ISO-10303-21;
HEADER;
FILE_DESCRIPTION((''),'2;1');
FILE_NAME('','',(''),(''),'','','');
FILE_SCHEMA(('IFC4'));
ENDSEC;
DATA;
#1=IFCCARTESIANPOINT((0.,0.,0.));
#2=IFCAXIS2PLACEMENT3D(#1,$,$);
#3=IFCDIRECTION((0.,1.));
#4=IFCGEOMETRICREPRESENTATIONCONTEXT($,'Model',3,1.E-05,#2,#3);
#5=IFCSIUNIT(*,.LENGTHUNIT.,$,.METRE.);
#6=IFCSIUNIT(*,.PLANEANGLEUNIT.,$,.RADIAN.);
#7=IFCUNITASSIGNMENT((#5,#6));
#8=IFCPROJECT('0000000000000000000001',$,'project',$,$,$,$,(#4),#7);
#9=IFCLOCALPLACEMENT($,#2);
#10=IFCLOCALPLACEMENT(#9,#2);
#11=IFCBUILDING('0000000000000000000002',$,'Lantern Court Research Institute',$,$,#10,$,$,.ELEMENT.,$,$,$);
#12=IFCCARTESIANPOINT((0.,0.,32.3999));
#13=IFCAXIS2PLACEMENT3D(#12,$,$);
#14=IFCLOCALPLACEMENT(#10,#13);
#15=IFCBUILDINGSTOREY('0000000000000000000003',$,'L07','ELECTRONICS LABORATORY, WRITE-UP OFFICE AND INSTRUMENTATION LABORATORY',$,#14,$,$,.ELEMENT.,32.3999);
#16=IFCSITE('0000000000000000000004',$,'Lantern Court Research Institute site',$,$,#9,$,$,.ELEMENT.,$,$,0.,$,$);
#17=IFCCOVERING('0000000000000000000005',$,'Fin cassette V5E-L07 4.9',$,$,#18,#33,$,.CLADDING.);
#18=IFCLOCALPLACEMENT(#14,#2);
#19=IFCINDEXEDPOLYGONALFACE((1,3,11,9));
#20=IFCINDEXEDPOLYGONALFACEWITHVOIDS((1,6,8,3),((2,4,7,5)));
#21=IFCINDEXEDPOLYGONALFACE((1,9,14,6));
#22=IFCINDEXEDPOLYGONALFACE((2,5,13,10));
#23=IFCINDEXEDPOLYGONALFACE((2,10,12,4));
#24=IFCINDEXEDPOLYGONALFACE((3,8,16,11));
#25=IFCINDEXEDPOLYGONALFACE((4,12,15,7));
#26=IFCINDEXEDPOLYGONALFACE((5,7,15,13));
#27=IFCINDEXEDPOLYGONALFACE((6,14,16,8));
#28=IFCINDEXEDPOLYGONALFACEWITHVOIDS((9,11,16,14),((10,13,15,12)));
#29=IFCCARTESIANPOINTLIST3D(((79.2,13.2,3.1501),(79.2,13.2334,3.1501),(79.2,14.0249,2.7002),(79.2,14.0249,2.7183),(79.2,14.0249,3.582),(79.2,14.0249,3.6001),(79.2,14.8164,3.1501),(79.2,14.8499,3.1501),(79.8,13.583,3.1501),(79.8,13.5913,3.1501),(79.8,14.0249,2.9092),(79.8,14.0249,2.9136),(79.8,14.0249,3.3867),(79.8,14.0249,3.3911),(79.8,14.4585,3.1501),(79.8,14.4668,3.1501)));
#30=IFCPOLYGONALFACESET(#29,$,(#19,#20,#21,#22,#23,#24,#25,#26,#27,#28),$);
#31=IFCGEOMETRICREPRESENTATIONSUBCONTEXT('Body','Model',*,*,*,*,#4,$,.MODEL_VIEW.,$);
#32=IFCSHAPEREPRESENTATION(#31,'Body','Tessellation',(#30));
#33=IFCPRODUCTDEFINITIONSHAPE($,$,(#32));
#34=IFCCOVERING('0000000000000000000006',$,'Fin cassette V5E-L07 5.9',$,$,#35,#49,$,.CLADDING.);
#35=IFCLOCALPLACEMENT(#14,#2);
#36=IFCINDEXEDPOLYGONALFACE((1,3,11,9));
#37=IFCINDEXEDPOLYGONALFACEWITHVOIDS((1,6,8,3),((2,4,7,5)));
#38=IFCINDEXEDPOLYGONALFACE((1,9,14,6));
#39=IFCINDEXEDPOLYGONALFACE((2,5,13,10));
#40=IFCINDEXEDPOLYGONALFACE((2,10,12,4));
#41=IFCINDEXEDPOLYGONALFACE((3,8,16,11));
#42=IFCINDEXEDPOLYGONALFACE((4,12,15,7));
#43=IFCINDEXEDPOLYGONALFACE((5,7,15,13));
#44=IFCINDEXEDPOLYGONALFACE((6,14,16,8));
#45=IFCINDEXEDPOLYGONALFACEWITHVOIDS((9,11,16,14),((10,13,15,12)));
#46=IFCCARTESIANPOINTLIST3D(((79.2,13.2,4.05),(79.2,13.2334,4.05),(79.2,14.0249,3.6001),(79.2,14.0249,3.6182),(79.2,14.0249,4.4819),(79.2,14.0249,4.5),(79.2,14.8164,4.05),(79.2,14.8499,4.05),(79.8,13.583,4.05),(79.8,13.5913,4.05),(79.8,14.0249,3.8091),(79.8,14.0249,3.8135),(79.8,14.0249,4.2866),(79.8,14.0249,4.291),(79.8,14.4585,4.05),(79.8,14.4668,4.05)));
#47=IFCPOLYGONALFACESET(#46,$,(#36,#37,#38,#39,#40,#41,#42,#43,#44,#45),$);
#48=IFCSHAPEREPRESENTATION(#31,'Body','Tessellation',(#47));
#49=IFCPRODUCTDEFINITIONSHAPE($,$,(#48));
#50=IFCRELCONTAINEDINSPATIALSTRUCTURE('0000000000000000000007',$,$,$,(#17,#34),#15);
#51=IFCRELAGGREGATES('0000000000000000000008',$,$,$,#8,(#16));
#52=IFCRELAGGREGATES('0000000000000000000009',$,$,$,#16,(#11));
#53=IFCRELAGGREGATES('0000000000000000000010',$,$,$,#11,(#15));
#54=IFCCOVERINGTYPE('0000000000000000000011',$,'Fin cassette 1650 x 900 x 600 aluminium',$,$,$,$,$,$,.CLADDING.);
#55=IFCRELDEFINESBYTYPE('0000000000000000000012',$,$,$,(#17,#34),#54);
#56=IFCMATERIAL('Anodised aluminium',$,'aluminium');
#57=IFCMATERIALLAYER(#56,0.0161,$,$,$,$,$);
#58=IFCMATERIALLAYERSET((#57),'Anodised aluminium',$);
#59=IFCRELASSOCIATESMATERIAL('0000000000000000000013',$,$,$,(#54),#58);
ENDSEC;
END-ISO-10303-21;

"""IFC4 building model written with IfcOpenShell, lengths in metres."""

from ifc_helpers import new_model, entity, si_unit, direction, frame, origin, place, context, subcontext, project, spatial, material, layer, layer_set, type_object, element, save


model = new_model("IFC4")

# Units and contexts
model_context = context("Model", 3, precision=1e-05, world=origin(), true_north=direction((0.0, 1.0)))
body_context = subcontext(model_context, "Body", "Model", "MODEL_VIEW")
ifc_project = project(units=[si_unit("LENGTHUNIT", "METRE"), si_unit("PLANEANGLEUNIT", "RADIAN")], contexts=[model_context])

# Site, building, storey
site_placement = place(None, origin())
site = spatial("IfcSite", under=ifc_project, at=site_placement, Name="Lantern Court Research Institute site", CompositionType="ELEMENT", RefElevation=0.0)
building_placement = place(site_placement, origin())
building = spatial("IfcBuilding", under=site, at=building_placement, Name="Lantern Court Research Institute", CompositionType="ELEMENT")
storey_placement = place(building_placement, frame((0.0, 0.0, 32.3999)))
storey = spatial("IfcBuildingStorey", under=building, at=storey_placement, Name="L07", Description="ELECTRONICS LABORATORY, WRITE-UP OFFICE AND INSTRUMENTATION LABORATORY", CompositionType="ELEMENT", Elevation=32.3999)

# Coverings
ifc_material_1 = material(Name="Anodised aluminium", Category="aluminium")
ifc_layer_1 = layer(ifc_material_1, 0.0161)
ifc_layer_set_1 = layer_set([ifc_layer_1], Name="Anodised aluminium")
covering_type = type_object("IfcCoveringType", Name="Fin cassette 1650 x 900 x 600 aluminium", PredefinedType="CLADDING", material=ifc_layer_set_1)
covering_1_placement = place(storey_placement, frame((79.2, 14.0249, 3.1501), z_axis=(1.0, 0.0, 0.0), x_axis=(0.0, 1.0, 0.0)))
cartesian_point_1 = entity("IfcCartesianPoint", [0.825, 0.0])
cartesian_point_2 = entity("IfcCartesianPoint", [0.7915, 0.0])
cartesian_point_3 = entity("IfcCartesianPoint", [0.4419, 0.0])
cartesian_point_4 = entity("IfcCartesianPoint", [0.4336, 0.0])
element("IfcCovering", 1, at=covering_1_placement, inside=storey, type_object=covering_type, Name="Fin cassette V5E-L07 4.9", PredefinedType="CLADDING", context=body_context, shape_type="SweptSolid", body=[
    entity("IfcExtrudedAreaSolidTapered", entity("IfcArbitraryProfileDefWithVoids", "AREA", None, entity("IfcPolyline", [cartesian_point_1, entity("IfcCartesianPoint", [0.0, 0.45]), entity("IfcCartesianPoint", [-0.825, 0.0]), entity("IfcCartesianPoint", [0.0, -0.45]), cartesian_point_1]), [entity("IfcPolyline", [cartesian_point_2, entity("IfcCartesianPoint", [0.0, 0.4319]), entity("IfcCartesianPoint", [-0.7915, 0.0]), entity("IfcCartesianPoint", [0.0, -0.4319]), cartesian_point_2])]), entity("IfcAxis2Placement3D", entity("IfcCartesianPoint", [0.0, 0.0, 0.0])), entity("IfcDirection", [0.0, 0.0, 1.0]), 0.6001, entity("IfcArbitraryProfileDefWithVoids", "AREA", None, entity("IfcPolyline", [cartesian_point_3, entity("IfcCartesianPoint", [0.0, 0.241]), entity("IfcCartesianPoint", [-0.4419, 0.0]), entity("IfcCartesianPoint", [0.0, -0.241]), cartesian_point_3]), [entity("IfcPolyline", [cartesian_point_4, entity("IfcCartesianPoint", [0.0, 0.2366]), entity("IfcCartesianPoint", [-0.4336, 0.0]), entity("IfcCartesianPoint", [0.0, -0.2366]), cartesian_point_4])])),
])
covering_2_placement = place(storey_placement, frame((79.2, 14.0249, 4.05), z_axis=(1.0, 0.0, 0.0), x_axis=(0.0, 1.0, 0.0)))
cartesian_point_5 = entity("IfcCartesianPoint", [0.825, 0.0])
cartesian_point_6 = entity("IfcCartesianPoint", [0.7915, 0.0])
cartesian_point_7 = entity("IfcCartesianPoint", [0.4419, 0.0])
cartesian_point_8 = entity("IfcCartesianPoint", [0.4336, 0.0])
element("IfcCovering", 2, at=covering_2_placement, inside=storey, type_object=covering_type, Name="Fin cassette V5E-L07 5.9", PredefinedType="CLADDING", context=body_context, shape_type="SweptSolid", body=[
    entity("IfcExtrudedAreaSolidTapered", entity("IfcArbitraryProfileDefWithVoids", "AREA", None, entity("IfcPolyline", [cartesian_point_5, entity("IfcCartesianPoint", [0.0, 0.45]), entity("IfcCartesianPoint", [-0.825, 0.0]), entity("IfcCartesianPoint", [0.0, -0.45]), cartesian_point_5]), [entity("IfcPolyline", [cartesian_point_6, entity("IfcCartesianPoint", [0.0, 0.4319]), entity("IfcCartesianPoint", [-0.7915, 0.0]), entity("IfcCartesianPoint", [0.0, -0.4319]), cartesian_point_6])]), entity("IfcAxis2Placement3D", entity("IfcCartesianPoint", [0.0, 0.0, 0.0])), entity("IfcDirection", [0.0, 0.0, 1.0]), 0.6001, entity("IfcArbitraryProfileDefWithVoids", "AREA", None, entity("IfcPolyline", [cartesian_point_7, entity("IfcCartesianPoint", [0.0, 0.241]), entity("IfcCartesianPoint", [-0.4419, 0.0]), entity("IfcCartesianPoint", [0.0, -0.241]), cartesian_point_7]), [entity("IfcPolyline", [cartesian_point_8, entity("IfcCartesianPoint", [0.0, 0.2366]), entity("IfcCartesianPoint", [-0.4336, 0.0]), entity("IfcCartesianPoint", [0.0, -0.2366]), cartesian_point_8])])),
])

save(model, "model.ifc")
